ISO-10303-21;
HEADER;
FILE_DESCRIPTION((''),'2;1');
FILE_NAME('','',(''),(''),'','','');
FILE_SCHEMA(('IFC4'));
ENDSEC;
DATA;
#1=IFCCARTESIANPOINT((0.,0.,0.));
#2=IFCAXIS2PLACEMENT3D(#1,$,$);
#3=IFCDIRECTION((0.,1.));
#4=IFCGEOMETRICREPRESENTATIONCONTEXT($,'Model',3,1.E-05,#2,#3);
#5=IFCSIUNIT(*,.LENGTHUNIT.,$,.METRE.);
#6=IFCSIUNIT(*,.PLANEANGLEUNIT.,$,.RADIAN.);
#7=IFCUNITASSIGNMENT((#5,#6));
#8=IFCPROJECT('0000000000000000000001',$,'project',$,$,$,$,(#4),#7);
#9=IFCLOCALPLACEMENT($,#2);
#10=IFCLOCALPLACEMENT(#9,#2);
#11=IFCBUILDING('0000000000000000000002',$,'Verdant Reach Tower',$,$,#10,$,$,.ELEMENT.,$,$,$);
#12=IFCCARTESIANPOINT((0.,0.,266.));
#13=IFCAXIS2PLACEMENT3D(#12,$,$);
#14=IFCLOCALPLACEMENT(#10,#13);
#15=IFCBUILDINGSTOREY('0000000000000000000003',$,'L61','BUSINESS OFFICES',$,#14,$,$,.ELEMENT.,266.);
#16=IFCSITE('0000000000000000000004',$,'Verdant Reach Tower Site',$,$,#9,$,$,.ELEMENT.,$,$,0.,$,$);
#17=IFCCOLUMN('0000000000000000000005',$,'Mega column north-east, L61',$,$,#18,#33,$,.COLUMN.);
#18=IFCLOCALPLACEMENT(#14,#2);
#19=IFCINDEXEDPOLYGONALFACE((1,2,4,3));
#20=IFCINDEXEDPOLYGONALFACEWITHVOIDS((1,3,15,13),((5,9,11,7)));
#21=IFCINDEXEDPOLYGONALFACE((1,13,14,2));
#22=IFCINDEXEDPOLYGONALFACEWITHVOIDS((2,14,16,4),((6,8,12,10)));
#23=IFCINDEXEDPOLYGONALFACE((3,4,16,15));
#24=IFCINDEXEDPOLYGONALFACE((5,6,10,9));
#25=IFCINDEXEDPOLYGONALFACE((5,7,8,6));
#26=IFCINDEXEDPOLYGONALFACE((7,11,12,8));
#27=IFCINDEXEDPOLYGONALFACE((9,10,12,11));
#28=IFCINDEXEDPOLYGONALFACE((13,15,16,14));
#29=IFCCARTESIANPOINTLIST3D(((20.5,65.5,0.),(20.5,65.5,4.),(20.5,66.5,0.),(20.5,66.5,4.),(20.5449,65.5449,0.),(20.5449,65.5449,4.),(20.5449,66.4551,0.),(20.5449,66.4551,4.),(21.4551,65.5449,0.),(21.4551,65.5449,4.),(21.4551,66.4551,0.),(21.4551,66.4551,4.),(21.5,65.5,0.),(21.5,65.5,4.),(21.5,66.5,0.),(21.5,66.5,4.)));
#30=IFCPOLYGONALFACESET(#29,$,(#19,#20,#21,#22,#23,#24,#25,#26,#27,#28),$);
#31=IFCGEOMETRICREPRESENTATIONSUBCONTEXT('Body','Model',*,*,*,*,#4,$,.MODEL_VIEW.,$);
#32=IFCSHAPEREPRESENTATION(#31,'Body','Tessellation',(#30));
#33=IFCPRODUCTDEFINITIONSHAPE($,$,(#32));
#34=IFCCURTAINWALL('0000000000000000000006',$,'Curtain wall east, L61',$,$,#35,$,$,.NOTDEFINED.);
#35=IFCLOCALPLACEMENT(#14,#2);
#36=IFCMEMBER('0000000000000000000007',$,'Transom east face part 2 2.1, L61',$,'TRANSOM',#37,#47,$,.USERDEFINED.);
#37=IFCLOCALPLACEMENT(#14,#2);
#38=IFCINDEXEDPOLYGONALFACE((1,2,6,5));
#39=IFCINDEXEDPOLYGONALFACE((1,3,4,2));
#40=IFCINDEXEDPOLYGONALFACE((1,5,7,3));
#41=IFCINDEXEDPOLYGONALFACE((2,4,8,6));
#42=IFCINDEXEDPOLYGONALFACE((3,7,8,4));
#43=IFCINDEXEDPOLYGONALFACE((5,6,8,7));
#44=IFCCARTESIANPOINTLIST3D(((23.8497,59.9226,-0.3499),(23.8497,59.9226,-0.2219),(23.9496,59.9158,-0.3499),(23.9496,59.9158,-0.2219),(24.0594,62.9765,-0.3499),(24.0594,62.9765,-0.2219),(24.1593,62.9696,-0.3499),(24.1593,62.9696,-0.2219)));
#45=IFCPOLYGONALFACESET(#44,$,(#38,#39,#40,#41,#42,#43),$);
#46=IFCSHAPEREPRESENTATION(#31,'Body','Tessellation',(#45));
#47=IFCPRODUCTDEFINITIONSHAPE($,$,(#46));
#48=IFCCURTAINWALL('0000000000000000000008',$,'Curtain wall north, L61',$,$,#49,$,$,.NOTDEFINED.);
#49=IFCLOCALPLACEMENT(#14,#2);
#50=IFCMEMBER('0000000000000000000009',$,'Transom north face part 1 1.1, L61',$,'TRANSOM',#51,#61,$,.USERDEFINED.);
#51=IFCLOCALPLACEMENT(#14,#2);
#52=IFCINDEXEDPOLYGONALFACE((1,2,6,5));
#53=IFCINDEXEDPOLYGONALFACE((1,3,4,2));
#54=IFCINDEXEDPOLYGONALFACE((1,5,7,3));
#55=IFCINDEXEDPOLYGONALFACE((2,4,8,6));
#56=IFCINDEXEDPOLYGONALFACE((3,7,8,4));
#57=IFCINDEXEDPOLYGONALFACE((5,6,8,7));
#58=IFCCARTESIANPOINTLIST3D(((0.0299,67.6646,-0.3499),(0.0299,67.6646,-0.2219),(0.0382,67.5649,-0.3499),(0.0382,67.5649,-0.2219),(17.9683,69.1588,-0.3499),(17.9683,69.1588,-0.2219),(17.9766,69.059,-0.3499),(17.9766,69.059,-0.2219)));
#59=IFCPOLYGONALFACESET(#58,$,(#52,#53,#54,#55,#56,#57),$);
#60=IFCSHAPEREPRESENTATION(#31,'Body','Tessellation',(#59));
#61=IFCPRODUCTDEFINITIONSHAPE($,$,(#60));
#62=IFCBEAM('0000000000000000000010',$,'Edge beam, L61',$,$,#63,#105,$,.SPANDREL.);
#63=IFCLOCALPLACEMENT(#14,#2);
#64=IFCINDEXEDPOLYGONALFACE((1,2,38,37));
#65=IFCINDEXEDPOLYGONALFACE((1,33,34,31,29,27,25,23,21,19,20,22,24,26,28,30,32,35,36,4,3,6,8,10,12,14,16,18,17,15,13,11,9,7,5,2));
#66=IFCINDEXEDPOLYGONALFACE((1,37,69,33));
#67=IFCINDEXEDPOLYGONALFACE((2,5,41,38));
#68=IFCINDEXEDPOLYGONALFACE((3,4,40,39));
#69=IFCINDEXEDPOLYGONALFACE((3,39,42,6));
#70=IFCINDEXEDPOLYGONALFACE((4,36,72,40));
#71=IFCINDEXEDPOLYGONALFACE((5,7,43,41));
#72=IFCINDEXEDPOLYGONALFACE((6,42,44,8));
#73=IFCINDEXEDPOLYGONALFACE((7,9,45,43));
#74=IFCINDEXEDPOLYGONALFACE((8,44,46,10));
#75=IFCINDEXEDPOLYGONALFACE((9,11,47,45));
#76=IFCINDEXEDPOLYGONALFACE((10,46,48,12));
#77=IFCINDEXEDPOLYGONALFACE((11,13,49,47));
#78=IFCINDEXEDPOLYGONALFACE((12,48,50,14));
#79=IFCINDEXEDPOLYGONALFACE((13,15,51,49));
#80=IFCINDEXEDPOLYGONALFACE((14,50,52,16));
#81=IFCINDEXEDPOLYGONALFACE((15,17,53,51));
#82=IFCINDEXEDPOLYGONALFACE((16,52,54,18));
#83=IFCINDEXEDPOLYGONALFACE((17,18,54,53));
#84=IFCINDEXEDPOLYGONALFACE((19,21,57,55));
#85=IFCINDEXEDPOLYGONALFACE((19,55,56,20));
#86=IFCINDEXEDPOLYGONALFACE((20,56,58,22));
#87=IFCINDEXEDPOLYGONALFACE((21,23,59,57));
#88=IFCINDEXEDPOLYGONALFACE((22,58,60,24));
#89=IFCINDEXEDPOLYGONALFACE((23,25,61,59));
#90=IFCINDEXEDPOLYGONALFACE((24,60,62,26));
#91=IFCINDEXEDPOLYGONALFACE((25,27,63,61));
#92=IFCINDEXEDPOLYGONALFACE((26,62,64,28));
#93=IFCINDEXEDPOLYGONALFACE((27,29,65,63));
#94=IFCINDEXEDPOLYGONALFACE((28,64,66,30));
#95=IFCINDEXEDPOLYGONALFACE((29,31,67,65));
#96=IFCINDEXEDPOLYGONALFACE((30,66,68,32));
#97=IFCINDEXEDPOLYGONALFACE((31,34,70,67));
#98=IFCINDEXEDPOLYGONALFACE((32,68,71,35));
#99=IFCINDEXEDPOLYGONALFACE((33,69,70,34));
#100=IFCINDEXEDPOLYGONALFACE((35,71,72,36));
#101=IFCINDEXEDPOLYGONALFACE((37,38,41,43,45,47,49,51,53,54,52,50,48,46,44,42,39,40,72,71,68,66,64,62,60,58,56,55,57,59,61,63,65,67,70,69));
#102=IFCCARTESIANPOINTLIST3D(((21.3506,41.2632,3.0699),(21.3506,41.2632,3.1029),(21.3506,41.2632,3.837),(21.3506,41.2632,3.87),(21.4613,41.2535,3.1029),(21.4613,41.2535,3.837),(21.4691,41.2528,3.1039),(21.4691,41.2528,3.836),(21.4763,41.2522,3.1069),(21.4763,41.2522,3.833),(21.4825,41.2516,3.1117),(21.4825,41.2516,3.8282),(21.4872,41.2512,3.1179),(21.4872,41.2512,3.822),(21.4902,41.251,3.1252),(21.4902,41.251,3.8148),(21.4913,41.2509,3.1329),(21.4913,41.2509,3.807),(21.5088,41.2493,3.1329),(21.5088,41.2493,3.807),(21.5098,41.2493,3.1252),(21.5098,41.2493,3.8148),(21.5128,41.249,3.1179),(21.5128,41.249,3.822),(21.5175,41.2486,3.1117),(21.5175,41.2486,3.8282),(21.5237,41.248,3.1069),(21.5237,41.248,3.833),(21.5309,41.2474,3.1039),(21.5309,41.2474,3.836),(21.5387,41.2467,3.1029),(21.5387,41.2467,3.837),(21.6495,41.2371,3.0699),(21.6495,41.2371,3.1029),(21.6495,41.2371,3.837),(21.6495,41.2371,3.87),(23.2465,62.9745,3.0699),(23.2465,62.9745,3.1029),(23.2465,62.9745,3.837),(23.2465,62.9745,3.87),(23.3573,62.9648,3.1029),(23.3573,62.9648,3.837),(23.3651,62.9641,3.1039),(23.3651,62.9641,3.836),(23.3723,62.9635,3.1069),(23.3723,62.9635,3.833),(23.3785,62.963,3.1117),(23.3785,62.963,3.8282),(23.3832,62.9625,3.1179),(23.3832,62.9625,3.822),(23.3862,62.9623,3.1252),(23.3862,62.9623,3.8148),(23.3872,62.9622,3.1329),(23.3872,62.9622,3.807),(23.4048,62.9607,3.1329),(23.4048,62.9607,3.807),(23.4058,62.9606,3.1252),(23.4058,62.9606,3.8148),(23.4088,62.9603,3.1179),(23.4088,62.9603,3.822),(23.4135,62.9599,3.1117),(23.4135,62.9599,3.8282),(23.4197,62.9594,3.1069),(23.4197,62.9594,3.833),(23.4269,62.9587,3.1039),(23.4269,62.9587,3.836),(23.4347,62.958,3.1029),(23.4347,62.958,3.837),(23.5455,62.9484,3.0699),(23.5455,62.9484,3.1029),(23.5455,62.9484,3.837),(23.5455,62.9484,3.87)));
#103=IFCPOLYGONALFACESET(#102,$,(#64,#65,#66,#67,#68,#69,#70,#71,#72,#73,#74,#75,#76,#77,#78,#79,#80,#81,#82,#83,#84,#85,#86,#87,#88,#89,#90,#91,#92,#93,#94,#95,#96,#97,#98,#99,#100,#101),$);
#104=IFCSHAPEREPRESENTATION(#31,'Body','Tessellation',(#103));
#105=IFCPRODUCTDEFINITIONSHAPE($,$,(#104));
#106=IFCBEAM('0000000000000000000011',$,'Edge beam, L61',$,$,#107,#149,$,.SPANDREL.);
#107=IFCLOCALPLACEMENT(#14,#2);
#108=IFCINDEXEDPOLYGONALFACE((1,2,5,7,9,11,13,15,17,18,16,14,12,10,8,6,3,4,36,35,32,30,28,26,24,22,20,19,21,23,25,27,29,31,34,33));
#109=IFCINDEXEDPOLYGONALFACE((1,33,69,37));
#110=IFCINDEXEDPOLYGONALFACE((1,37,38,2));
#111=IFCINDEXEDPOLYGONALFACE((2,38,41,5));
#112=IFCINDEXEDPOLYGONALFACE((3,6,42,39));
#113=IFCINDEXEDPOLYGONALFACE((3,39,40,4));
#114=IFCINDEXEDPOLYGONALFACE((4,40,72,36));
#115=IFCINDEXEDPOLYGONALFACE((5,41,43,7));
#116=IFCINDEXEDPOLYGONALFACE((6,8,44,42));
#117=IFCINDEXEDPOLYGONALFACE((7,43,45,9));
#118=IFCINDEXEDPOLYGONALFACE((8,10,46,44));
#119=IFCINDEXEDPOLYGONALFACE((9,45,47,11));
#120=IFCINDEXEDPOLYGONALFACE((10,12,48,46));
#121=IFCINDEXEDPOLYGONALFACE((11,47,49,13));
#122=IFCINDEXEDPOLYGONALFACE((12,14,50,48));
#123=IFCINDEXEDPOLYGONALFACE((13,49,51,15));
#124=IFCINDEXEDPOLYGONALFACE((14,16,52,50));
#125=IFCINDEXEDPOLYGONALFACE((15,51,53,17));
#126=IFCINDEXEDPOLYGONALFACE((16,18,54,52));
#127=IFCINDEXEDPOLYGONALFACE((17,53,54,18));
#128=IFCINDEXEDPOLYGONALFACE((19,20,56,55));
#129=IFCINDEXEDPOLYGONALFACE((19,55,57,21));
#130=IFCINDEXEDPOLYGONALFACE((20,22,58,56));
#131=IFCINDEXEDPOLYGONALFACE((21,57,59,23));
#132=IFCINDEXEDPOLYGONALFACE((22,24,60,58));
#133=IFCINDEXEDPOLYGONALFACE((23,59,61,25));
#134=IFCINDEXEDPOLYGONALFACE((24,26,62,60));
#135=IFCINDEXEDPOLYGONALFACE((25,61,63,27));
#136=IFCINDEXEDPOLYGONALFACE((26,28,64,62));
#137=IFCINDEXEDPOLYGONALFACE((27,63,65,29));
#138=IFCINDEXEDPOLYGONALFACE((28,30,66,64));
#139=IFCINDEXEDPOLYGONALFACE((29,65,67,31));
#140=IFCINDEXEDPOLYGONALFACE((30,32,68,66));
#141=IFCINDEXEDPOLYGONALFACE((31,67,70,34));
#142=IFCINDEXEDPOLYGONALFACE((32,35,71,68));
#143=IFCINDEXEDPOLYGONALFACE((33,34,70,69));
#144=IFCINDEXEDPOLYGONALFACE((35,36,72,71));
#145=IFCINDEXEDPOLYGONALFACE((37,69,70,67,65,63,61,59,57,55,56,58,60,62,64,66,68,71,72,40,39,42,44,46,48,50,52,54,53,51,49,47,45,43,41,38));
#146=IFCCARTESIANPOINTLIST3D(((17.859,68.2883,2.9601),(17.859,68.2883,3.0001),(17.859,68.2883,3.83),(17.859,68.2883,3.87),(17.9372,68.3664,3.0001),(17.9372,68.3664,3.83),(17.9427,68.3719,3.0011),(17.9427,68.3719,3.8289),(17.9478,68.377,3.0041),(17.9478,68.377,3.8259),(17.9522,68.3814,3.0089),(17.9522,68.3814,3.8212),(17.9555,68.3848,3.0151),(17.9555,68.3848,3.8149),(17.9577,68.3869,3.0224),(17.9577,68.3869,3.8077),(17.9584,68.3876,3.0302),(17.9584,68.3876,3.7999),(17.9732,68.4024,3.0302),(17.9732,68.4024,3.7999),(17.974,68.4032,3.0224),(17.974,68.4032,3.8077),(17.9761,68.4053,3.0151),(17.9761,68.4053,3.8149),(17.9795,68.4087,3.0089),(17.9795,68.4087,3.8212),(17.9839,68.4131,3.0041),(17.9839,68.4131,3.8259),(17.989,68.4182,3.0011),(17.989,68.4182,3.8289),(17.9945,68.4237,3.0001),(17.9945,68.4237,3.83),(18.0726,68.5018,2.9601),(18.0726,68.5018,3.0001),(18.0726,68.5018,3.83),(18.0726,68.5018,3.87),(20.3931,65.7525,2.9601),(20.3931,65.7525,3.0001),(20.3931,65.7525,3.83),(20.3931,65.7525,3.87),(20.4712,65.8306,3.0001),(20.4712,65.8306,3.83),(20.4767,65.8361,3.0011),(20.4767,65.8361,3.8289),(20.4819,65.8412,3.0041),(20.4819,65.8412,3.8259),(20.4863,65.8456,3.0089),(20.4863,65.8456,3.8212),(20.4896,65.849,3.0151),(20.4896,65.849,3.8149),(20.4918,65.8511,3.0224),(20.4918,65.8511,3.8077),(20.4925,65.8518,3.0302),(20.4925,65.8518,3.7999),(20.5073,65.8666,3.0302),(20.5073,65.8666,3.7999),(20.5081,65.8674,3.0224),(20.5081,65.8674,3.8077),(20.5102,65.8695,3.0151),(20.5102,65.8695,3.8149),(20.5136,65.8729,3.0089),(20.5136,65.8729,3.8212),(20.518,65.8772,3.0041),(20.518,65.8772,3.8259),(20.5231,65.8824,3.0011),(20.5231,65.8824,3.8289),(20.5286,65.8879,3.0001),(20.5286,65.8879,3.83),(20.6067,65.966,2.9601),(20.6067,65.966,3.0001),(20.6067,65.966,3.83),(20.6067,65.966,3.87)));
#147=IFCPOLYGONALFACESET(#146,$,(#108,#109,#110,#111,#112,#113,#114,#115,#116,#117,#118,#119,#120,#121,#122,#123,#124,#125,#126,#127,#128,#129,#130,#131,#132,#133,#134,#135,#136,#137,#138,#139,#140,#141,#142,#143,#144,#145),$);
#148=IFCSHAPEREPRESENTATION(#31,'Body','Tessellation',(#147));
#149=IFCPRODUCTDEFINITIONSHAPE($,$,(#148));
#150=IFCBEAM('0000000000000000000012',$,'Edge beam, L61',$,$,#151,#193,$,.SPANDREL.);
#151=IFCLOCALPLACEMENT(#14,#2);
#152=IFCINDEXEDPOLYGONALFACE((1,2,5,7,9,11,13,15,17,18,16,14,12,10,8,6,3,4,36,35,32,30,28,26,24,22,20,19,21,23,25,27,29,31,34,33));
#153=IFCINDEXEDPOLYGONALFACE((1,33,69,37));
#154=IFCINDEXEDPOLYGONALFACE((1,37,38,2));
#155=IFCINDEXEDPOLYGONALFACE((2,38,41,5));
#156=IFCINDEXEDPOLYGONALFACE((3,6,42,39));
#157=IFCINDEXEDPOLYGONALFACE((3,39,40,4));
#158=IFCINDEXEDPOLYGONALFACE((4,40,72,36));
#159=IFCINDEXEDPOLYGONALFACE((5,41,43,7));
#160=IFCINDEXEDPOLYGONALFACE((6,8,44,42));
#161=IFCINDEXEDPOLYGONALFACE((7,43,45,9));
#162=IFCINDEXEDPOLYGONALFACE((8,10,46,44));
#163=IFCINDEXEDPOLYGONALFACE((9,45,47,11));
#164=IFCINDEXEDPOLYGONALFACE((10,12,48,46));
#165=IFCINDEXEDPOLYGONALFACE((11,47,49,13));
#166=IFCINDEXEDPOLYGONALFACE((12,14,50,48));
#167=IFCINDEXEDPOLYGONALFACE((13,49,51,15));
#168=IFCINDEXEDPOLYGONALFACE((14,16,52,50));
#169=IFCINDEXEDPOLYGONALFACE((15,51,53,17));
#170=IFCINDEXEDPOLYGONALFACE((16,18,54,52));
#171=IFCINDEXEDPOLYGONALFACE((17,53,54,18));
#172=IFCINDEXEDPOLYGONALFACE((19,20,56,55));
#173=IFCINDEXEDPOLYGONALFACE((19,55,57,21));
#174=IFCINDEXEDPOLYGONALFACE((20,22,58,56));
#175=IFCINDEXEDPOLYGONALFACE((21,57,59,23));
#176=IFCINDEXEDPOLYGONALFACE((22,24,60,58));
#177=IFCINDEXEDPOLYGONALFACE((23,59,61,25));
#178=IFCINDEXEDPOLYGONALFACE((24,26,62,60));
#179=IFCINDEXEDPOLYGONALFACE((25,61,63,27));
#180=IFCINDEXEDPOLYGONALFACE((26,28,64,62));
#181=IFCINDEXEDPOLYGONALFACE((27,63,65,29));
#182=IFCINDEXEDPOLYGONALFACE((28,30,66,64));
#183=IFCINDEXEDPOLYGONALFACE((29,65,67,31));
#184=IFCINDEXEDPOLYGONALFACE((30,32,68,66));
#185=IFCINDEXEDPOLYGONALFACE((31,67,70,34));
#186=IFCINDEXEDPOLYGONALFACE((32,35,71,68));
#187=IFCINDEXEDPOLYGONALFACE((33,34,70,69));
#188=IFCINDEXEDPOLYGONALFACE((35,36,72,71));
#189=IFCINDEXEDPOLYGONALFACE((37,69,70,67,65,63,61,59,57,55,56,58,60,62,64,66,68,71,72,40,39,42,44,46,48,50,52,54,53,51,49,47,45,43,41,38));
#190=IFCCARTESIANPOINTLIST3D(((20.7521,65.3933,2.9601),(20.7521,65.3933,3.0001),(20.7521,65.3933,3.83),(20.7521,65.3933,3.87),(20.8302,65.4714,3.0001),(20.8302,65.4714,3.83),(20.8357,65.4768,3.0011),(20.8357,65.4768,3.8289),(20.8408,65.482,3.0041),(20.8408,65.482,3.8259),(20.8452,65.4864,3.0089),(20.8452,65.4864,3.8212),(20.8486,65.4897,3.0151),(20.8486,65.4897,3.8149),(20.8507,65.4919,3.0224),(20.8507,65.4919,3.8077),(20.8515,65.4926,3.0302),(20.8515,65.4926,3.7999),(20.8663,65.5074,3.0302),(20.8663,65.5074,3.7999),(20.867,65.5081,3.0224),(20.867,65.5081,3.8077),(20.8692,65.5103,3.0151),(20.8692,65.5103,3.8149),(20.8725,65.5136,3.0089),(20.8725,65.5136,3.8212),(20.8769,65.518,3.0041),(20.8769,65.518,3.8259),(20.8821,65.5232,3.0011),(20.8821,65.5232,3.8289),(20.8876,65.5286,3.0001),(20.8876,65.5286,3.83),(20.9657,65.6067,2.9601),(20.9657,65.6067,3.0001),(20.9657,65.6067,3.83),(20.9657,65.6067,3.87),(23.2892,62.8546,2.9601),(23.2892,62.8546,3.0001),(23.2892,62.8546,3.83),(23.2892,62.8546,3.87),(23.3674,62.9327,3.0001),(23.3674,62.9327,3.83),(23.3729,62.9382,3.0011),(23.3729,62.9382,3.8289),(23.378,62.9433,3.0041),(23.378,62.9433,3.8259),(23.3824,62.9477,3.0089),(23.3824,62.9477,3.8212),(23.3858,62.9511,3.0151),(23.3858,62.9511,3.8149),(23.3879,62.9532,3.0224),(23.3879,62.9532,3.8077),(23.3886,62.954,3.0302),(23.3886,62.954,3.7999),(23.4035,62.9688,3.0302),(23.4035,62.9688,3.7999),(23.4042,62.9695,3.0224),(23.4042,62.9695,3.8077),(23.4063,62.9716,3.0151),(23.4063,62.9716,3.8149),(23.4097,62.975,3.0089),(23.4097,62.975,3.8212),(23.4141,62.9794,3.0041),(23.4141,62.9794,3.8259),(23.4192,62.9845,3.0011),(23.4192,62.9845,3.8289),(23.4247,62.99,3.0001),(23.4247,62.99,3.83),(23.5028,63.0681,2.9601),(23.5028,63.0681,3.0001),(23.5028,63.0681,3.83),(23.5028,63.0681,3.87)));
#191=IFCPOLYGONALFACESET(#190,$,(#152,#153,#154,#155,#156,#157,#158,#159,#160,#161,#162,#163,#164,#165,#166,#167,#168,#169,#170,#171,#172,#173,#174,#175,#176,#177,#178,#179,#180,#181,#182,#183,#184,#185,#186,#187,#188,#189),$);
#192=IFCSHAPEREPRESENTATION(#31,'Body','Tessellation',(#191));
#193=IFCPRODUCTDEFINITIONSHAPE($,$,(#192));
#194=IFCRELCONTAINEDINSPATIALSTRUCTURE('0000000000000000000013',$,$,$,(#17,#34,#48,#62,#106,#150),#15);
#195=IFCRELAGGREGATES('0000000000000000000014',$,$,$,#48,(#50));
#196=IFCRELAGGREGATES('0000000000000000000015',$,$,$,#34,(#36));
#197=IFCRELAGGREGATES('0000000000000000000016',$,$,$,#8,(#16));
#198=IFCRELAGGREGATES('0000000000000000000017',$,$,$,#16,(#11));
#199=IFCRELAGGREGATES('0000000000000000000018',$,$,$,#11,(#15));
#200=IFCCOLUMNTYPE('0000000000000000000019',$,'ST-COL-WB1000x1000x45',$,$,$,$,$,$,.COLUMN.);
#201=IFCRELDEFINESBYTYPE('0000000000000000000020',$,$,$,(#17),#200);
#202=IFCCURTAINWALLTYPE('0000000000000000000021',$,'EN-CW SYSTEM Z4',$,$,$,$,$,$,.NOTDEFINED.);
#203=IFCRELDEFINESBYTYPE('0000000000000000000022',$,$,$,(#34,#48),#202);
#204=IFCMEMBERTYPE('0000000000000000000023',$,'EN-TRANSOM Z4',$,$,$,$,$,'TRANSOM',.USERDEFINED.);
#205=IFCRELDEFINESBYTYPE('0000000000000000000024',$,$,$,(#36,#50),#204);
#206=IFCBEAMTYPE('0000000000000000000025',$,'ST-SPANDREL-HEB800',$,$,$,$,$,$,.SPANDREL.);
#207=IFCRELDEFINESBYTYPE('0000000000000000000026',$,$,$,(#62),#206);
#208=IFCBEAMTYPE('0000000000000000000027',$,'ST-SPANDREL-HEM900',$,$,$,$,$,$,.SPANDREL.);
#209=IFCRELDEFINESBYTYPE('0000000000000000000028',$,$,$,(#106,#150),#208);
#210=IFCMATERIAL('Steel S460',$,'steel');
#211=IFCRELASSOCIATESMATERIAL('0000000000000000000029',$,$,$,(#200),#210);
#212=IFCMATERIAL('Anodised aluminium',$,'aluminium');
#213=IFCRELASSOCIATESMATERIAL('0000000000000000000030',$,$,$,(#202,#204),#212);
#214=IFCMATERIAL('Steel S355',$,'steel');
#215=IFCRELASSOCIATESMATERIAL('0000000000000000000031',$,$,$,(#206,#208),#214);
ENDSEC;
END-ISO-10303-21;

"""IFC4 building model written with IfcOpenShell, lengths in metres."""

from ifc_helpers import new_model, si_unit, direction, frame, origin, origin_2d, place, context, subcontext, project, spatial, rectangle, hollow_rectangle, i_section, extrude, material, material_profile, profile_set, type_object, element, aggregate, save


model = new_model("IFC4")

# Units and contexts
model_context = context("Model", 3, precision=1e-05, world=origin(), true_north=direction((0.0, 1.0)))
body_context = subcontext(model_context, "Body", "Model", "MODEL_VIEW")
ifc_project = project(units=[si_unit("LENGTHUNIT", "METRE"), si_unit("PLANEANGLEUNIT", "RADIAN")], contexts=[model_context])

# Site, building, storey
site_placement = place(None, origin())
site = spatial("IfcSite", under=ifc_project, at=site_placement, Name="Verdant Reach Tower Site", CompositionType="ELEMENT", RefElevation=0.0)
building_placement = place(site_placement, origin())
building = spatial("IfcBuilding", under=site, at=building_placement, Name="Verdant Reach Tower", CompositionType="ELEMENT")
storey_placement = place(building_placement, frame((0.0, 0.0, 266.0)))
storey = spatial("IfcBuildingStorey", under=building, at=storey_placement, Name="L61", Description="BUSINESS OFFICES", CompositionType="ELEMENT", Elevation=266.0)

# Column
ifc_material_1 = material(Name="Steel S460", Category="steel")
ifc_material_profile_1 = material_profile(ifc_material_1, hollow_rectangle(XDim=1.0, YDim=1.0, WallThickness=0.0449, at=origin_2d()), Name="WB 1000x1000x45")
ifc_profile_set_1 = profile_set([ifc_material_profile_1], Name="Steel S460")
column_type = type_object("IfcColumnType", Name="ST-COL-WB1000x1000x45", PredefinedType="COLUMN", material=ifc_profile_set_1)
column_placement = place(storey_placement, frame((21.0, 66.0, 0.0), z_axis=(0.0, 0.0, 1.0), x_axis=(1.0, 0.0, 0.0)))
element("IfcColumn", 1, at=column_placement, inside=storey, type_object=column_type, Name="Mega column north-east, L61", PredefinedType="COLUMN", context=body_context, shape_type="SweptSolid", body=[
    extrude(hollow_rectangle(XDim=1.0, YDim=1.0, WallThickness=0.0449, at=origin_2d()), origin(), (0.0, 0.0, 1.0), 4.0),
])

# Curtain walls, members
ifc_material_2 = material(Name="Anodised aluminium", Category="aluminium")
curtain_wall_type = type_object("IfcCurtainWallType", Name="EN-CW SYSTEM Z4", PredefinedType="NOTDEFINED", material=ifc_material_2)
curtain_wall_1_placement = place(storey_placement, origin())
curtain_wall_1 = element("IfcCurtainWall", 2, at=curtain_wall_1_placement, inside=storey, type_object=curtain_wall_type, Name="Curtain wall east, L61", PredefinedType="NOTDEFINED")
ifc_material_profile_2 = material_profile(ifc_material_2, rectangle(XDim=0.1001, YDim=0.1279, at=origin_2d()), Name="Transom 128x100")
ifc_profile_set_2 = profile_set([ifc_material_profile_2], Name="Anodised aluminium")
member_type = type_object("IfcMemberType", Name="EN-TRANSOM Z4", ElementType="TRANSOM", PredefinedType="USERDEFINED", material=ifc_profile_set_2)
member_1_placement = place(storey_placement, frame((23.8997, 59.9192, -0.2859), z_axis=(0.068509, 0.99765, 0.0), x_axis=(-0.99765, 0.068509, 0.0)))
member_1 = element("IfcMember", 3, at=member_1_placement, type_object=member_type, Name="Transom east face part 2 2.1, L61", ObjectType="TRANSOM", PredefinedType="USERDEFINED", context=body_context, shape_type="SweptSolid", body=[
    extrude(rectangle(XDim=0.1001, YDim=0.1279, at=origin_2d()), origin(), (0.0, 0.0, 1.0), 3.061),
])
curtain_wall_2_placement = place(storey_placement, origin())
curtain_wall_2 = element("IfcCurtainWall", 4, at=curtain_wall_2_placement, inside=storey, type_object=curtain_wall_type, Name="Curtain wall north, L61", PredefinedType="NOTDEFINED")
member_2_placement = place(storey_placement, frame((17.9724, 69.1089, -0.2859), z_axis=(-0.996549, -0.083005, 0.0), x_axis=(0.083005, -0.996549, 0.0)))
member_2 = element("IfcMember", 5, at=member_2_placement, type_object=member_type, Name="Transom north face part 1 1.1, L61", ObjectType="TRANSOM", PredefinedType="USERDEFINED", context=body_context, shape_type="SweptSolid", body=[
    extrude(rectangle(XDim=0.1001, YDim=0.1279, at=origin_2d()), origin(), (0.0, 0.0, 1.0), 18.0005),
])

# Beams
ifc_material_3 = material(Name="Steel S355", Category="steel")
ifc_material_profile_3 = material_profile(ifc_material_3, i_section(OverallWidth=0.3, OverallDepth=0.8, WebThickness=0.0176, FlangeThickness=0.033, FilletRadius=0.03, at=origin_2d()), Name="HEB 800")
ifc_profile_set_3 = profile_set([ifc_material_profile_3], Name="Steel S355")
beam_type_1 = type_object("IfcBeamType", Name="ST-SPANDREL-HEB800", PredefinedType="SPANDREL", material=ifc_profile_set_3)
beam_1_placement = place(storey_placement, frame((23.396, 62.9614, 3.47), z_axis=(-0.086996, -0.996209, 0.0), x_axis=(0.996209, -0.086996, 0.0)))
element("IfcBeam", 6, at=beam_1_placement, inside=storey, type_object=beam_type_1, Name="Edge beam, L61", PredefinedType="SPANDREL", context=body_context, shape_type="SweptSolid", body=[
    extrude(i_section(OverallWidth=0.3, OverallDepth=0.8, WebThickness=0.0176, FlangeThickness=0.033, FilletRadius=0.03, at=origin_2d()), origin(), (0.0, 0.0, 1.0), 21.7939),
])
ifc_material_profile_4 = material_profile(ifc_material_3, i_section(OverallWidth=0.302, OverallDepth=0.9099, WebThickness=0.021, FlangeThickness=0.04, FilletRadius=0.03, at=origin_2d()), Name="HEM 900")
ifc_profile_set_4 = profile_set([ifc_material_profile_4], Name="Steel S355")
beam_type_2 = type_object("IfcBeamType", Name="ST-SPANDREL-HEM900", PredefinedType="SPANDREL", material=ifc_profile_set_4)
beam_2_placement = place(storey_placement, frame((17.9658, 68.395, 3.415), z_axis=(0.706868, -0.707345, 0.0), x_axis=(0.707345, 0.706868, 0.0)))
element("IfcBeam", 7, at=beam_2_placement, inside=storey, type_object=beam_type_2, Name="Edge beam, L61", PredefinedType="SPANDREL", context=body_context, shape_type="SweptSolid", body=[
    extrude(i_section(OverallWidth=0.302, OverallDepth=0.9099, WebThickness=0.021, FlangeThickness=0.04, FilletRadius=0.03, at=origin_2d()), origin(), (0.0, 0.0, 1.0), 3.585),
])
beam_3_placement = place(storey_placement, frame((20.8589, 65.5, 3.415), z_axis=(0.706903, -0.707311, 0.0), x_axis=(0.707311, 0.706903, 0.0)))
element("IfcBeam", 8, at=beam_3_placement, inside=storey, type_object=beam_type_2, Name="Edge beam, L61", PredefinedType="SPANDREL", context=body_context, shape_type="SweptSolid", body=[
    extrude(i_section(OverallWidth=0.302, OverallDepth=0.9099, WebThickness=0.021, FlangeThickness=0.04, FilletRadius=0.03, at=origin_2d()), origin(), (0.0, 0.0, 1.0), 3.5891),
])

aggregate(curtain_wall_2, [member_2])
aggregate(curtain_wall_1, [member_1])

save(model, "model.ifc")
